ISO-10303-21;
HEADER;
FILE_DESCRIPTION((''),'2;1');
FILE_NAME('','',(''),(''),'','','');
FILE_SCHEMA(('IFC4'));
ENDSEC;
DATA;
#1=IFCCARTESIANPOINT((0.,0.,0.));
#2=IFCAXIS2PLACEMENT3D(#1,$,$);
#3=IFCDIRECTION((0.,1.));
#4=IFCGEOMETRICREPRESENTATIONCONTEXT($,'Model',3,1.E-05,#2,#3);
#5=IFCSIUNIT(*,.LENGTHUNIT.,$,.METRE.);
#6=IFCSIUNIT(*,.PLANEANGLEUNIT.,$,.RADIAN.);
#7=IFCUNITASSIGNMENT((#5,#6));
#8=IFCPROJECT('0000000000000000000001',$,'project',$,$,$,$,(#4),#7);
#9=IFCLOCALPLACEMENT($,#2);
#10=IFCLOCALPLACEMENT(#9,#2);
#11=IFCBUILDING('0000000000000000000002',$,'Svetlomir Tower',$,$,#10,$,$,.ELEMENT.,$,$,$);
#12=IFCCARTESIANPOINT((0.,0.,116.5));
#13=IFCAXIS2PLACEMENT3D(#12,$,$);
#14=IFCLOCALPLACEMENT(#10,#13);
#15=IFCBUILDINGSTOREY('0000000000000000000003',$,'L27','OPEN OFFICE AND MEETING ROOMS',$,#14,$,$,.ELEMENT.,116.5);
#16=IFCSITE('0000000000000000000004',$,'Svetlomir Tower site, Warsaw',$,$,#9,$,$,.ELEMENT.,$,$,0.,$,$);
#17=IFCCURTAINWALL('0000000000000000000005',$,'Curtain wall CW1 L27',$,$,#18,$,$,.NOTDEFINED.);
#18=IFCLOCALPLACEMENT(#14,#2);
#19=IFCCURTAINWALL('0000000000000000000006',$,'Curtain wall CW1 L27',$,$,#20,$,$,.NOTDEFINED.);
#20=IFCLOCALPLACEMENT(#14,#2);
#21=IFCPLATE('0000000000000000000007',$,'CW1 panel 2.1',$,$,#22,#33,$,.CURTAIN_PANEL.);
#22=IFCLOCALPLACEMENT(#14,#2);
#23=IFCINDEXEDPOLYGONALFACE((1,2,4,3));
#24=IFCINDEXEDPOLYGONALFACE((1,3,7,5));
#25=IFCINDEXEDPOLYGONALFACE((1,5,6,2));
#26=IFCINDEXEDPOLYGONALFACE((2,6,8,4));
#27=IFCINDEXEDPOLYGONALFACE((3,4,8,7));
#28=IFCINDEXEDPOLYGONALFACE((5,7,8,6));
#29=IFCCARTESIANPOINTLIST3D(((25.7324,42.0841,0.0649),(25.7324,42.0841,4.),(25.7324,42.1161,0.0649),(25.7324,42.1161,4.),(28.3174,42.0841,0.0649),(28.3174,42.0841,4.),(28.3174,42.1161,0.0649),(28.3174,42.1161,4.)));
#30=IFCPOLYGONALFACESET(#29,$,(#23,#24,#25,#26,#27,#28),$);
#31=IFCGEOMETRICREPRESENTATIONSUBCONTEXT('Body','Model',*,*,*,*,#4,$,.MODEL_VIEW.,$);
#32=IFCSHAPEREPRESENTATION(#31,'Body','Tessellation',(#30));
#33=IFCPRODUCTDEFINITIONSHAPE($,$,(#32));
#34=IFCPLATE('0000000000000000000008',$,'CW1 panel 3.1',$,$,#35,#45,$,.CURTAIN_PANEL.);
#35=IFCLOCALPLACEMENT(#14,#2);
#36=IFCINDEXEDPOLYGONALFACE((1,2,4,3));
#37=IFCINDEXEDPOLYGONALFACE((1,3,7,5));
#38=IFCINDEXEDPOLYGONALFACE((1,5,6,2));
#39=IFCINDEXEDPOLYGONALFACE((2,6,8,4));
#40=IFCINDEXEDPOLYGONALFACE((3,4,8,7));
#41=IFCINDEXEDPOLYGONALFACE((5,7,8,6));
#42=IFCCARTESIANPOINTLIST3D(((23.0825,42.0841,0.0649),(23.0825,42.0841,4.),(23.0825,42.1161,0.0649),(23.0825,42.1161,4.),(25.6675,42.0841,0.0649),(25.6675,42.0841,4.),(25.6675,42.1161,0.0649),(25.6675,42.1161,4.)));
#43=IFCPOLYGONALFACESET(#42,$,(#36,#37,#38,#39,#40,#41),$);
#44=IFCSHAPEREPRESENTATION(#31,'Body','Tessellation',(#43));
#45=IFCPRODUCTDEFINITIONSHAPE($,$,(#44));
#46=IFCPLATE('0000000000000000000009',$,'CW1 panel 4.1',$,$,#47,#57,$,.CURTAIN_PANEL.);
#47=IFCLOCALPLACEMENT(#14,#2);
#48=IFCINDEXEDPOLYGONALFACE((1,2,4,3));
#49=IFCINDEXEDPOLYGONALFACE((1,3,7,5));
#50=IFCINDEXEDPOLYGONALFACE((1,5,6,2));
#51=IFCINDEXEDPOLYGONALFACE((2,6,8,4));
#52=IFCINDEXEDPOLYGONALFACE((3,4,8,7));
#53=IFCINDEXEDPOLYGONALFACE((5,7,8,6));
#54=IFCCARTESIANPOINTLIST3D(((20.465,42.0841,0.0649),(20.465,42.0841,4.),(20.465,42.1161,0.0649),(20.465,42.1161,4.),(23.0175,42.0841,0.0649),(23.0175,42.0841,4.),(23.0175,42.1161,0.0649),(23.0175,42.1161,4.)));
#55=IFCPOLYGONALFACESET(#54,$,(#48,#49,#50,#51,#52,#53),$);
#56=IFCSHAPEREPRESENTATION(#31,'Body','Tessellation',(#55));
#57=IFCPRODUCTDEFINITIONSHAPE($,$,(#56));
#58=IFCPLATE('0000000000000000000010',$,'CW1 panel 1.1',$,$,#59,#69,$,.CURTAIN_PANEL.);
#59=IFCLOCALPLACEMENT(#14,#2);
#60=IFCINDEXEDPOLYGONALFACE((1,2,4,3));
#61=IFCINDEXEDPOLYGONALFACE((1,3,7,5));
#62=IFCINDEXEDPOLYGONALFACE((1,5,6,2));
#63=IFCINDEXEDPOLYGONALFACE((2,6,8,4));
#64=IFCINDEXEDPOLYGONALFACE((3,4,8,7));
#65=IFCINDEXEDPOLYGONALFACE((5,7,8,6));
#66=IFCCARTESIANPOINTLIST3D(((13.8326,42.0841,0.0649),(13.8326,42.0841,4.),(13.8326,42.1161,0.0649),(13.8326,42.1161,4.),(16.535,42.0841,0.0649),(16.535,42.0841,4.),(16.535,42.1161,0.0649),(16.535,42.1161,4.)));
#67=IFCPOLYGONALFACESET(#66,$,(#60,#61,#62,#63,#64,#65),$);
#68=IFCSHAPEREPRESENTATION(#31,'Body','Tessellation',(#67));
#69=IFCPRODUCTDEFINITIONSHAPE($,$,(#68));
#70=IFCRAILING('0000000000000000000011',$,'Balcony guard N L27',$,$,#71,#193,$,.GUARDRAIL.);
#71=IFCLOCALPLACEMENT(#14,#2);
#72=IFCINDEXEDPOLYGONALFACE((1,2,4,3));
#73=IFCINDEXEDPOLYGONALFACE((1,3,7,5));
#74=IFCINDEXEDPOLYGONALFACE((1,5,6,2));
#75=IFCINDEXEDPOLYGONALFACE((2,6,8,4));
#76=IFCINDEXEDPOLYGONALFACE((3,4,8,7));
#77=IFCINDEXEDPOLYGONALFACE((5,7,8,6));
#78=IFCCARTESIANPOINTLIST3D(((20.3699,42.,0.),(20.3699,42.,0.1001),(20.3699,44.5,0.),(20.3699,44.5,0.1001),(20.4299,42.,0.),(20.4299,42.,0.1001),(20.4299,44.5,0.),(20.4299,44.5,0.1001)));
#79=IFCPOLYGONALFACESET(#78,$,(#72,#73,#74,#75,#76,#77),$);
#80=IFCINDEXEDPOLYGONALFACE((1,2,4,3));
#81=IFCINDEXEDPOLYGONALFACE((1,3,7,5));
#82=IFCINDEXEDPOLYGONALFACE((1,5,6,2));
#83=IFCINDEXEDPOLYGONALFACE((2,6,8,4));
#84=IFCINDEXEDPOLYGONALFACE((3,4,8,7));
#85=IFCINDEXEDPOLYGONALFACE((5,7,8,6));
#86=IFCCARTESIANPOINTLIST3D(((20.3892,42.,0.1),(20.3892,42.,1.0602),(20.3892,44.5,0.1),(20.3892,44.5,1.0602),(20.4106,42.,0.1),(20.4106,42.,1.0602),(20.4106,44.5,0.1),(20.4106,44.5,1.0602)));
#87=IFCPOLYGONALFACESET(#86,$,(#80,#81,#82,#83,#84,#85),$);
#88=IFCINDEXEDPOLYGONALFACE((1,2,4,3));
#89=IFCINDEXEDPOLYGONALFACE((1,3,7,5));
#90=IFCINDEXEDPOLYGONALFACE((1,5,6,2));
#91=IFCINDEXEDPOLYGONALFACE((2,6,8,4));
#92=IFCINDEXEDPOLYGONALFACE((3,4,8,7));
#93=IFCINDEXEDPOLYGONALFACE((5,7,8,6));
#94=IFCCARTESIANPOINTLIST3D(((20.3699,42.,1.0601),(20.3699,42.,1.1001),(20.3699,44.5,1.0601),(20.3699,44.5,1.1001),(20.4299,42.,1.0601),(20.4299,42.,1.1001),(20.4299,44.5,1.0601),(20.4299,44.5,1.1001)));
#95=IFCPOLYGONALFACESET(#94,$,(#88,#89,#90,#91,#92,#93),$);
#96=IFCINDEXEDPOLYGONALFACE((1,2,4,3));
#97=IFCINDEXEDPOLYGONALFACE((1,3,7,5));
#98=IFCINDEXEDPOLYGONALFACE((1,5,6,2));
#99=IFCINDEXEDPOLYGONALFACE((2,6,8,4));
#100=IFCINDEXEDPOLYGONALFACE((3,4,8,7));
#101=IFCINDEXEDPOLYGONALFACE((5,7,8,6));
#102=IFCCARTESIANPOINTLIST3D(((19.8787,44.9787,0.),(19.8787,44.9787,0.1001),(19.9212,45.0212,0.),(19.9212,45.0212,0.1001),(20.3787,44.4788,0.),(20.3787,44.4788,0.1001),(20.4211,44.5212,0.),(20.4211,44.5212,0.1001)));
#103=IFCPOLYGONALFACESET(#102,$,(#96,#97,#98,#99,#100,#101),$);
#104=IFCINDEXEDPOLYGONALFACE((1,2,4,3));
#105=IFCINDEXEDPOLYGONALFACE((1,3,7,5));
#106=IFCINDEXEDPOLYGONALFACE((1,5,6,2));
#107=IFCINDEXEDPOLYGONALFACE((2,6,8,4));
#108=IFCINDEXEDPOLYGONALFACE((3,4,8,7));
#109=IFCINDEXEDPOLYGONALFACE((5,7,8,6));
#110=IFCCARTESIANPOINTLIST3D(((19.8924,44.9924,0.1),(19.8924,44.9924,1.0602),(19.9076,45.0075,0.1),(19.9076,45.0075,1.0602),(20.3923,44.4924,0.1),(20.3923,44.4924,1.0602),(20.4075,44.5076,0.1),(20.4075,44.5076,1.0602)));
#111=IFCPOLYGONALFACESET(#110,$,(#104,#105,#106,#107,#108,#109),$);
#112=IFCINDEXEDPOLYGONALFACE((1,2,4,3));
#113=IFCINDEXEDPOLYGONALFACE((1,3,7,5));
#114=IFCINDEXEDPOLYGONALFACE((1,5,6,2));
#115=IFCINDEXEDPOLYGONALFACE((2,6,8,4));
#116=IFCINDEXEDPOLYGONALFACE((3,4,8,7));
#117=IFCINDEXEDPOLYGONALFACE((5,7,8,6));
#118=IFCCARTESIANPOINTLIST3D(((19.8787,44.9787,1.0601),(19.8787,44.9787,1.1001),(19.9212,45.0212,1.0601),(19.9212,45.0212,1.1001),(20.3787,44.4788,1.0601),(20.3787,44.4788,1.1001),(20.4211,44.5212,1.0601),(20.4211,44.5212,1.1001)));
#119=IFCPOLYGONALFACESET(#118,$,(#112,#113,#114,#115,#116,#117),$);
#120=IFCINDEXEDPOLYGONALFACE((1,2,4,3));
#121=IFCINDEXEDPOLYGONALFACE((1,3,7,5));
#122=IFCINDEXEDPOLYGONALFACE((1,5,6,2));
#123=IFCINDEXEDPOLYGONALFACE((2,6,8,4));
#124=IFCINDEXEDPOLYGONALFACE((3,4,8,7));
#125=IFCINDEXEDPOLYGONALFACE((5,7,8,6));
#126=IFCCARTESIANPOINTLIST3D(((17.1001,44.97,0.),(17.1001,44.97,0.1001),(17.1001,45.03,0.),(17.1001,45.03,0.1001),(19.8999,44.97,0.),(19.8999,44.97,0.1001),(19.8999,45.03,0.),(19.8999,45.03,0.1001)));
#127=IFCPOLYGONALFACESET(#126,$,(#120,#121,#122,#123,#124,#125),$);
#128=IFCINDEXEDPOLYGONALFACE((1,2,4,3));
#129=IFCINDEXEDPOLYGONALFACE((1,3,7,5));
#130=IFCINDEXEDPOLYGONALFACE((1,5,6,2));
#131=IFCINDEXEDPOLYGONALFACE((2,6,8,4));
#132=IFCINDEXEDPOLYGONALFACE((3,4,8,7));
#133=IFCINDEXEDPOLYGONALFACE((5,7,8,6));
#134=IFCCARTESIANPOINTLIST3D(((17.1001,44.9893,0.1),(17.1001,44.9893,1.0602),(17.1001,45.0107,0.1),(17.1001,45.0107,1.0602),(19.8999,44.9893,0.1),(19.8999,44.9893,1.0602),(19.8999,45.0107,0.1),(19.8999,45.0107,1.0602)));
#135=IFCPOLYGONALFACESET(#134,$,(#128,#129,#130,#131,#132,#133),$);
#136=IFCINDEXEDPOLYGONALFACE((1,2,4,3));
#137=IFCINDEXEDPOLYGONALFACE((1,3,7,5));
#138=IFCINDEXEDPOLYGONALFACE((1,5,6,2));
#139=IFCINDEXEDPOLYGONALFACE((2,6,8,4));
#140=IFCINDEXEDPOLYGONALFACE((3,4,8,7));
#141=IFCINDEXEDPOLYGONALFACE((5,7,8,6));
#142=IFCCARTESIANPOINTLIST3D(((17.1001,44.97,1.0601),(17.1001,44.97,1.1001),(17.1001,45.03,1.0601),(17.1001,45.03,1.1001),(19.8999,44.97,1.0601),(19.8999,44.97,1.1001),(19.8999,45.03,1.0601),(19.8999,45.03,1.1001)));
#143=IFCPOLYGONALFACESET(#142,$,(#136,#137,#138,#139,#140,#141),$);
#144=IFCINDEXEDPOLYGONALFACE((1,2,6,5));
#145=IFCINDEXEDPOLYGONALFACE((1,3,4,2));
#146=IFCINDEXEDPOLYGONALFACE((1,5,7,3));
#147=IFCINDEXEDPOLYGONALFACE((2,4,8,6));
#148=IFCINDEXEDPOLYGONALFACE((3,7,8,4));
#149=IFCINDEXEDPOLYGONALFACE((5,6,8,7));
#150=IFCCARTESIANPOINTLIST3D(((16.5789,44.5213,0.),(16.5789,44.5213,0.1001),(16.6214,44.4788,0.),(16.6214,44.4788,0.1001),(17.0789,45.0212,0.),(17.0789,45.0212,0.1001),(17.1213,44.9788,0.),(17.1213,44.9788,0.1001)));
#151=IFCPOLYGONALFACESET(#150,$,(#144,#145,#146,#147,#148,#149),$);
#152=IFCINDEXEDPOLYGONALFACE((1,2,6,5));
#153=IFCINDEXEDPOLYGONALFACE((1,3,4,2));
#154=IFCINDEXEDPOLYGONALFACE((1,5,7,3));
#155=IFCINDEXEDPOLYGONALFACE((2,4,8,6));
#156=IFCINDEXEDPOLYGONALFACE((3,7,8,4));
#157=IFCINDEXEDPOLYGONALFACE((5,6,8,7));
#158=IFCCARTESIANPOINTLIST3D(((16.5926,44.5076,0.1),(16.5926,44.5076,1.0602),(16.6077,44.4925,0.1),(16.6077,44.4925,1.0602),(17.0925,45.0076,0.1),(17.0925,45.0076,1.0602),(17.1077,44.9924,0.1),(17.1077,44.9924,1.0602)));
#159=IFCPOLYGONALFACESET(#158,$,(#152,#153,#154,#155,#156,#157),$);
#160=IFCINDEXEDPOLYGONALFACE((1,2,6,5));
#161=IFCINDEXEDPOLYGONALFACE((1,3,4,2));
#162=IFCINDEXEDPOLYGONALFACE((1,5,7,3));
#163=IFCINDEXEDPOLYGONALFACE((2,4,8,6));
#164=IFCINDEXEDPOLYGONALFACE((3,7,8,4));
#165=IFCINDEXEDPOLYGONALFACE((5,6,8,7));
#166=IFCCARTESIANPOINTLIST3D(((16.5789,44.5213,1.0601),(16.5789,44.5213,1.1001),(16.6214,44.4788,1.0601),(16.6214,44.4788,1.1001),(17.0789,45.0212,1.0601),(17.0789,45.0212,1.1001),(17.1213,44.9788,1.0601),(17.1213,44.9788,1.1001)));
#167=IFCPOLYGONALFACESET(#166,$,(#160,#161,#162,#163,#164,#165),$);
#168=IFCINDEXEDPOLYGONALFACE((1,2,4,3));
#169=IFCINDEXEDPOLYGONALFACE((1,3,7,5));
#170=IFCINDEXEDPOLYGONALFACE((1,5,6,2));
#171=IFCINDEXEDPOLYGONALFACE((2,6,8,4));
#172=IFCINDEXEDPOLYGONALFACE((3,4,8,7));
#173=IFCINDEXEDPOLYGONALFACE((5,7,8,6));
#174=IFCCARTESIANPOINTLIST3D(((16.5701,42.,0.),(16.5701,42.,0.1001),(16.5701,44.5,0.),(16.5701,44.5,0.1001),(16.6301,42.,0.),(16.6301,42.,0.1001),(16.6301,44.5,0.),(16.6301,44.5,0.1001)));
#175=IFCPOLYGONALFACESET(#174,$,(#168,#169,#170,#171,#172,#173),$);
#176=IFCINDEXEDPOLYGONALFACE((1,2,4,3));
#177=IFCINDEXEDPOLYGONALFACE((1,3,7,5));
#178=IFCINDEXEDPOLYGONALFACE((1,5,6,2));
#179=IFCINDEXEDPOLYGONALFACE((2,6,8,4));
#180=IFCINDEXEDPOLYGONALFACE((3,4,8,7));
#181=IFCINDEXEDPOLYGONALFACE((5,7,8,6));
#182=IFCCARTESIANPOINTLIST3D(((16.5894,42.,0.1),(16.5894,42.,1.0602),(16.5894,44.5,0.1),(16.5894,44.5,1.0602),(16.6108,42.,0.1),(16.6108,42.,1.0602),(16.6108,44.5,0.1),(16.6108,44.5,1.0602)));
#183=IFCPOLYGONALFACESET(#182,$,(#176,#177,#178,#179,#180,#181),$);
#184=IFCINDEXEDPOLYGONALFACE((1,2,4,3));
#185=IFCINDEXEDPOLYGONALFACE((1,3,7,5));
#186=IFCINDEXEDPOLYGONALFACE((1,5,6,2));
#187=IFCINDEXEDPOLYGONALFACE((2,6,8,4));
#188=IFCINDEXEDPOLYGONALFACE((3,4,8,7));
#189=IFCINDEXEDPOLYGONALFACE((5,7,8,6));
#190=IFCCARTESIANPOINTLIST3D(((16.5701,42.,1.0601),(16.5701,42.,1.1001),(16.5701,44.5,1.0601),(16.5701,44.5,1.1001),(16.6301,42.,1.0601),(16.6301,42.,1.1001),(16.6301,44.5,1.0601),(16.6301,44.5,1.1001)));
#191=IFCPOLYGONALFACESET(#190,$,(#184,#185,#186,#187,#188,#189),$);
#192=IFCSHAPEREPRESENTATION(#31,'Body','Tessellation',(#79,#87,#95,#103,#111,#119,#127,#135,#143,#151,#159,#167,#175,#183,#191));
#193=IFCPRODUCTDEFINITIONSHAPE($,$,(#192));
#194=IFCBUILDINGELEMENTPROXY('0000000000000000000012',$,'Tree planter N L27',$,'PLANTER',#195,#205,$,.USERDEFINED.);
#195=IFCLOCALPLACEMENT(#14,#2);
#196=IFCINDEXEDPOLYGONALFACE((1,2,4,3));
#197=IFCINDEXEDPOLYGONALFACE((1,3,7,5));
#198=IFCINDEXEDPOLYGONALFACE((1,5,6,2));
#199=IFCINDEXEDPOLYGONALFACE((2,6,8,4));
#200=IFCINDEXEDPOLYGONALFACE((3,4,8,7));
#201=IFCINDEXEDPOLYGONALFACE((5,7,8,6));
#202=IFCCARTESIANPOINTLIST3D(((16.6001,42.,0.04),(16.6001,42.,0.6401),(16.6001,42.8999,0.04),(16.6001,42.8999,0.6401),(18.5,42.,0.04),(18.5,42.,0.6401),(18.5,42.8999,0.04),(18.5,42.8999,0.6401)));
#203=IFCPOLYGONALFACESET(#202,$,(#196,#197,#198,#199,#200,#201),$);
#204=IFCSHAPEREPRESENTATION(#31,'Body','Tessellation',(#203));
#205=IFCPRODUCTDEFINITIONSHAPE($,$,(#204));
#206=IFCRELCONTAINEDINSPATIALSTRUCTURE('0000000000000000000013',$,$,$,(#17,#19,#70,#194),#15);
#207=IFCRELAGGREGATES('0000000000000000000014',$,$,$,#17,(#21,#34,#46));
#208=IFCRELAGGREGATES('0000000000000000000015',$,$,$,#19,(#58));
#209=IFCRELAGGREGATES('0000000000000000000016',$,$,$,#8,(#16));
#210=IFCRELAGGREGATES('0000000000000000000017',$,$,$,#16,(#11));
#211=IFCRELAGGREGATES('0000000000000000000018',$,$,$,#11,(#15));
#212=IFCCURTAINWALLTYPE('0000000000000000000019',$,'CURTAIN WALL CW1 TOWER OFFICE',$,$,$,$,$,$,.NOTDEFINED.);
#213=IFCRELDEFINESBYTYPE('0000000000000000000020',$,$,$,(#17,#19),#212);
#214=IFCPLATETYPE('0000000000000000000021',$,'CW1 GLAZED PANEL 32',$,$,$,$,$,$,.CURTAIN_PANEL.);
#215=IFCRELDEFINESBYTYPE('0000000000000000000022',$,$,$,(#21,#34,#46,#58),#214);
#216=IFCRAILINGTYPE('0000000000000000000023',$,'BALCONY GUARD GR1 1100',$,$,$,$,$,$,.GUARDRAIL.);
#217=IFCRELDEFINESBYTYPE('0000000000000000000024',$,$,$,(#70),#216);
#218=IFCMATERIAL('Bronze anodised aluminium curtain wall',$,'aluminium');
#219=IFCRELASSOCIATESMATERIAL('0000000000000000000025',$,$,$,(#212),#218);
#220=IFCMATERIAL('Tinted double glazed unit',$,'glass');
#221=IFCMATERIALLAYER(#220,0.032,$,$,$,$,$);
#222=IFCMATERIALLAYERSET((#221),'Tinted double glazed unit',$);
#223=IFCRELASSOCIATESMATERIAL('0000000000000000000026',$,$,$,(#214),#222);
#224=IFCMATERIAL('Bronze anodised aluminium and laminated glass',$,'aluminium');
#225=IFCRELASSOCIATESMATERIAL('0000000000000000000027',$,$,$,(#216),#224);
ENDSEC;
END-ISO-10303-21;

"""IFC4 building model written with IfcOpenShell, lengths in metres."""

from ifc_helpers import new_model, si_unit, direction, frame, origin, origin_2d, place, context, subcontext, project, spatial, rectangle, extrude, material, layer, layer_set, type_object, element, aggregate, save


model = new_model("IFC4")

# Units and contexts
model_context = context("Model", 3, precision=1e-05, world=origin(), true_north=direction((0.0, 1.0)))
body_context = subcontext(model_context, "Body", "Model", "MODEL_VIEW")
ifc_project = project(units=[si_unit("LENGTHUNIT", "METRE"), si_unit("PLANEANGLEUNIT", "RADIAN")], contexts=[model_context])

# Site, building, storey
site_placement = place(None, origin())
site = spatial("IfcSite", under=ifc_project, at=site_placement, Name="Svetlomir Tower site, Warsaw", CompositionType="ELEMENT", RefElevation=0.0)
building_placement = place(site_placement, origin())
building = spatial("IfcBuilding", under=site, at=building_placement, Name="Svetlomir Tower", CompositionType="ELEMENT")
storey_placement = place(building_placement, frame((0.0, 0.0, 116.5)))
storey = spatial("IfcBuildingStorey", under=building, at=storey_placement, Name="L27", Description="OPEN OFFICE AND MEETING ROOMS", CompositionType="ELEMENT", Elevation=116.5)

# Curtain wall
ifc_material_1 = material(Name="Bronze anodised aluminium curtain wall", Category="aluminium")
curtain_wall_type = type_object("IfcCurtainWallType", Name="CURTAIN WALL CW1 TOWER OFFICE", PredefinedType="NOTDEFINED", material=ifc_material_1)
curtain_wall_1_placement = place(storey_placement, origin())
curtain_wall_1 = element("IfcCurtainWall", 1, at=curtain_wall_1_placement, inside=storey, type_object=curtain_wall_type, Name="Curtain wall CW1 L27", PredefinedType="NOTDEFINED")

# Curtain wall
curtain_wall_2_placement = place(storey_placement, origin())
curtain_wall_2 = element("IfcCurtainWall", 2, at=curtain_wall_2_placement, inside=storey, type_object=curtain_wall_type, Name="Curtain wall CW1 L27", PredefinedType="NOTDEFINED")

# Plates
ifc_material_2 = material(Name="Tinted double glazed unit", Category="glass")
ifc_layer_1 = layer(ifc_material_2, 0.032)
ifc_layer_set_1 = layer_set([ifc_layer_1], Name="Tinted double glazed unit")
plate_type = type_object("IfcPlateType", Name="CW1 GLAZED PANEL 32", PredefinedType="CURTAIN_PANEL", material=ifc_layer_set_1)
plate_1_placement = place(storey_placement, frame((27.0249, 42.1001, 0.0649), z_axis=(0.0, 0.0, 1.0), x_axis=(-1.0, 0.0, 0.0)))
plate_1 = element("IfcPlate", 3, at=plate_1_placement, type_object=plate_type, Name="CW1 panel 2.1", PredefinedType="CURTAIN_PANEL", context=body_context, shape_type="SweptSolid", body=[
    extrude(rectangle(XDim=2.585, YDim=0.032, at=origin_2d()), origin(), (0.0, 0.0, 1.0), 3.9351),
])
plate_2_placement = place(storey_placement, frame((24.375, 42.1001, 0.0649), z_axis=(0.0, 0.0, 1.0), x_axis=(-1.0, 0.0, 0.0)))
plate_2 = element("IfcPlate", 4, at=plate_2_placement, type_object=plate_type, Name="CW1 panel 3.1", PredefinedType="CURTAIN_PANEL", context=body_context, shape_type="SweptSolid", body=[
    extrude(rectangle(XDim=2.585, YDim=0.032, at=origin_2d()), origin(), (0.0, 0.0, 1.0), 3.9351),
])
plate_3_placement = place(storey_placement, frame((21.7412, 42.1001, 0.0649), z_axis=(0.0, 0.0, 1.0), x_axis=(-1.0, 0.0, 0.0)))
plate_3 = element("IfcPlate", 5, at=plate_3_placement, type_object=plate_type, Name="CW1 panel 4.1", PredefinedType="CURTAIN_PANEL", context=body_context, shape_type="SweptSolid", body=[
    extrude(rectangle(XDim=2.5525, YDim=0.032, at=origin_2d()), origin(), (0.0, 0.0, 1.0), 3.9351),
])
aggregate(curtain_wall_1, [plate_1, plate_2, plate_3])
plate_4_placement = place(storey_placement, frame((15.1838, 42.1001, 0.0649), z_axis=(0.0, 0.0, 1.0), x_axis=(-1.0, 0.0, 0.0)))
plate_4 = element("IfcPlate", 6, at=plate_4_placement, type_object=plate_type, Name="CW1 panel 1.1", PredefinedType="CURTAIN_PANEL", context=body_context, shape_type="SweptSolid", body=[
    extrude(rectangle(XDim=2.7024, YDim=0.032, at=origin_2d()), origin(), (0.0, 0.0, 1.0), 3.9351),
])
aggregate(curtain_wall_2, [plate_4])

# Railing
ifc_material_3 = material(Name="Bronze anodised aluminium and laminated glass", Category="aluminium")
railing_type = type_object("IfcRailingType", Name="BALCONY GUARD GR1 1100", PredefinedType="GUARDRAIL", material=ifc_material_3)
railing_placement = place(storey_placement, frame((20.3999, 42.0, 0.0)))
element("IfcRailing", 7, at=railing_placement, inside=storey, type_object=railing_type, Name="Balcony guard N L27", PredefinedType="GUARDRAIL", context=body_context, shape_type="SweptSolid", body=[
    extrude(rectangle(XDim=0.0601, YDim=0.1001, at=origin_2d()), frame((0.0, 0.0, 0.05), z_axis=(0.0, 1.0, 0.0), x_axis=(-1.0, 0.0, 0.0)), (0.0, 0.0, 1.0), 2.5),
    extrude(rectangle(XDim=0.0215, YDim=0.9602, at=origin_2d()), frame((0.0, 0.0, 0.5801), z_axis=(0.0, 1.0, 0.0), x_axis=(-1.0, 0.0, 0.0)), (0.0, 0.0, 1.0), 2.5),
    extrude(rectangle(XDim=0.0601, YDim=0.04, at=origin_2d()), frame((0.0, 0.0, 1.0801), z_axis=(0.0, 1.0, 0.0), x_axis=(-1.0, 0.0, 0.0)), (0.0, 0.0, 1.0), 2.5),
    extrude(rectangle(XDim=0.0601, YDim=0.1001, at=origin_2d()), frame((0.0, 2.5, 0.05), z_axis=(-0.707107, 0.707107, 0.0), x_axis=(-0.707107, -0.707107, 0.0)), (0.0, 0.0, 1.0), 0.707),
    extrude(rectangle(XDim=0.0215, YDim=0.9602, at=origin_2d()), frame((0.0, 2.5, 0.5801), z_axis=(-0.707107, 0.707107, 0.0), x_axis=(-0.707107, -0.707107, 0.0)), (0.0, 0.0, 1.0), 0.707),
    extrude(rectangle(XDim=0.0601, YDim=0.04, at=origin_2d()), frame((0.0, 2.5, 1.0801), z_axis=(-0.707107, 0.707107, 0.0), x_axis=(-0.707107, -0.707107, 0.0)), (0.0, 0.0, 1.0), 0.707),
    extrude(rectangle(XDim=0.0601, YDim=0.1001, at=origin_2d()), frame((-0.5, 3.0, 0.05), z_axis=(-1.0, 0.0, 0.0), x_axis=(0.0, -1.0, 0.0)), (0.0, 0.0, 1.0), 2.7998),
    extrude(rectangle(XDim=0.0215, YDim=0.9602, at=origin_2d()), frame((-0.5, 3.0, 0.5801), z_axis=(-1.0, 0.0, 0.0), x_axis=(0.0, -1.0, 0.0)), (0.0, 0.0, 1.0), 2.7998),
    extrude(rectangle(XDim=0.0601, YDim=0.04, at=origin_2d()), frame((-0.5, 3.0, 1.0801), z_axis=(-1.0, 0.0, 0.0), x_axis=(0.0, -1.0, 0.0)), (0.0, 0.0, 1.0), 2.7998),
    extrude(rectangle(XDim=0.0601, YDim=0.1001, at=origin_2d()), frame((-3.2998, 3.0, 0.05), z_axis=(-0.707107, -0.707107, 0.0), x_axis=(0.707107, -0.707107, 0.0)), (0.0, 0.0, 1.0), 0.707),
    extrude(rectangle(XDim=0.0215, YDim=0.9602, at=origin_2d()), frame((-3.2998, 3.0, 0.5801), z_axis=(-0.707107, -0.707107, 0.0), x_axis=(0.707107, -0.707107, 0.0)), (0.0, 0.0, 1.0), 0.707),
    extrude(rectangle(XDim=0.0601, YDim=0.04, at=origin_2d()), frame((-3.2998, 3.0, 1.0801), z_axis=(-0.707107, -0.707107, 0.0), x_axis=(0.707107, -0.707107, 0.0)), (0.0, 0.0, 1.0), 0.707),
    extrude(rectangle(XDim=0.0601, YDim=0.1001, at=origin_2d()), frame((-3.7998, 2.5, 0.05), z_axis=(0.0, -1.0, 0.0), x_axis=(1.0, 0.0, 0.0)), (0.0, 0.0, 1.0), 2.5),
    extrude(rectangle(XDim=0.0215, YDim=0.9602, at=origin_2d()), frame((-3.7998, 2.5, 0.5801), z_axis=(0.0, -1.0, 0.0), x_axis=(1.0, 0.0, 0.0)), (0.0, 0.0, 1.0), 2.5),
    extrude(rectangle(XDim=0.0601, YDim=0.04, at=origin_2d()), frame((-3.7998, 2.5, 1.0801), z_axis=(0.0, -1.0, 0.0), x_axis=(1.0, 0.0, 0.0)), (0.0, 0.0, 1.0), 2.5),
])

# Building element proxy
proxy_placement = place(storey_placement, frame((17.55, 42.45, 0.04), z_axis=(0.0, 0.0, 1.0), x_axis=(1.0, 0.0, 0.0)))
element("IfcBuildingElementProxy", 8, at=proxy_placement, inside=storey, Name="Tree planter N L27", ObjectType="PLANTER", PredefinedType="USERDEFINED", context=body_context, shape_type="SweptSolid", body=[
    extrude(rectangle(XDim=1.8999, YDim=0.8999, at=origin_2d()), origin(), (0.0, 0.0, 1.0), 0.6001),
])

save(model, "model.ifc")
